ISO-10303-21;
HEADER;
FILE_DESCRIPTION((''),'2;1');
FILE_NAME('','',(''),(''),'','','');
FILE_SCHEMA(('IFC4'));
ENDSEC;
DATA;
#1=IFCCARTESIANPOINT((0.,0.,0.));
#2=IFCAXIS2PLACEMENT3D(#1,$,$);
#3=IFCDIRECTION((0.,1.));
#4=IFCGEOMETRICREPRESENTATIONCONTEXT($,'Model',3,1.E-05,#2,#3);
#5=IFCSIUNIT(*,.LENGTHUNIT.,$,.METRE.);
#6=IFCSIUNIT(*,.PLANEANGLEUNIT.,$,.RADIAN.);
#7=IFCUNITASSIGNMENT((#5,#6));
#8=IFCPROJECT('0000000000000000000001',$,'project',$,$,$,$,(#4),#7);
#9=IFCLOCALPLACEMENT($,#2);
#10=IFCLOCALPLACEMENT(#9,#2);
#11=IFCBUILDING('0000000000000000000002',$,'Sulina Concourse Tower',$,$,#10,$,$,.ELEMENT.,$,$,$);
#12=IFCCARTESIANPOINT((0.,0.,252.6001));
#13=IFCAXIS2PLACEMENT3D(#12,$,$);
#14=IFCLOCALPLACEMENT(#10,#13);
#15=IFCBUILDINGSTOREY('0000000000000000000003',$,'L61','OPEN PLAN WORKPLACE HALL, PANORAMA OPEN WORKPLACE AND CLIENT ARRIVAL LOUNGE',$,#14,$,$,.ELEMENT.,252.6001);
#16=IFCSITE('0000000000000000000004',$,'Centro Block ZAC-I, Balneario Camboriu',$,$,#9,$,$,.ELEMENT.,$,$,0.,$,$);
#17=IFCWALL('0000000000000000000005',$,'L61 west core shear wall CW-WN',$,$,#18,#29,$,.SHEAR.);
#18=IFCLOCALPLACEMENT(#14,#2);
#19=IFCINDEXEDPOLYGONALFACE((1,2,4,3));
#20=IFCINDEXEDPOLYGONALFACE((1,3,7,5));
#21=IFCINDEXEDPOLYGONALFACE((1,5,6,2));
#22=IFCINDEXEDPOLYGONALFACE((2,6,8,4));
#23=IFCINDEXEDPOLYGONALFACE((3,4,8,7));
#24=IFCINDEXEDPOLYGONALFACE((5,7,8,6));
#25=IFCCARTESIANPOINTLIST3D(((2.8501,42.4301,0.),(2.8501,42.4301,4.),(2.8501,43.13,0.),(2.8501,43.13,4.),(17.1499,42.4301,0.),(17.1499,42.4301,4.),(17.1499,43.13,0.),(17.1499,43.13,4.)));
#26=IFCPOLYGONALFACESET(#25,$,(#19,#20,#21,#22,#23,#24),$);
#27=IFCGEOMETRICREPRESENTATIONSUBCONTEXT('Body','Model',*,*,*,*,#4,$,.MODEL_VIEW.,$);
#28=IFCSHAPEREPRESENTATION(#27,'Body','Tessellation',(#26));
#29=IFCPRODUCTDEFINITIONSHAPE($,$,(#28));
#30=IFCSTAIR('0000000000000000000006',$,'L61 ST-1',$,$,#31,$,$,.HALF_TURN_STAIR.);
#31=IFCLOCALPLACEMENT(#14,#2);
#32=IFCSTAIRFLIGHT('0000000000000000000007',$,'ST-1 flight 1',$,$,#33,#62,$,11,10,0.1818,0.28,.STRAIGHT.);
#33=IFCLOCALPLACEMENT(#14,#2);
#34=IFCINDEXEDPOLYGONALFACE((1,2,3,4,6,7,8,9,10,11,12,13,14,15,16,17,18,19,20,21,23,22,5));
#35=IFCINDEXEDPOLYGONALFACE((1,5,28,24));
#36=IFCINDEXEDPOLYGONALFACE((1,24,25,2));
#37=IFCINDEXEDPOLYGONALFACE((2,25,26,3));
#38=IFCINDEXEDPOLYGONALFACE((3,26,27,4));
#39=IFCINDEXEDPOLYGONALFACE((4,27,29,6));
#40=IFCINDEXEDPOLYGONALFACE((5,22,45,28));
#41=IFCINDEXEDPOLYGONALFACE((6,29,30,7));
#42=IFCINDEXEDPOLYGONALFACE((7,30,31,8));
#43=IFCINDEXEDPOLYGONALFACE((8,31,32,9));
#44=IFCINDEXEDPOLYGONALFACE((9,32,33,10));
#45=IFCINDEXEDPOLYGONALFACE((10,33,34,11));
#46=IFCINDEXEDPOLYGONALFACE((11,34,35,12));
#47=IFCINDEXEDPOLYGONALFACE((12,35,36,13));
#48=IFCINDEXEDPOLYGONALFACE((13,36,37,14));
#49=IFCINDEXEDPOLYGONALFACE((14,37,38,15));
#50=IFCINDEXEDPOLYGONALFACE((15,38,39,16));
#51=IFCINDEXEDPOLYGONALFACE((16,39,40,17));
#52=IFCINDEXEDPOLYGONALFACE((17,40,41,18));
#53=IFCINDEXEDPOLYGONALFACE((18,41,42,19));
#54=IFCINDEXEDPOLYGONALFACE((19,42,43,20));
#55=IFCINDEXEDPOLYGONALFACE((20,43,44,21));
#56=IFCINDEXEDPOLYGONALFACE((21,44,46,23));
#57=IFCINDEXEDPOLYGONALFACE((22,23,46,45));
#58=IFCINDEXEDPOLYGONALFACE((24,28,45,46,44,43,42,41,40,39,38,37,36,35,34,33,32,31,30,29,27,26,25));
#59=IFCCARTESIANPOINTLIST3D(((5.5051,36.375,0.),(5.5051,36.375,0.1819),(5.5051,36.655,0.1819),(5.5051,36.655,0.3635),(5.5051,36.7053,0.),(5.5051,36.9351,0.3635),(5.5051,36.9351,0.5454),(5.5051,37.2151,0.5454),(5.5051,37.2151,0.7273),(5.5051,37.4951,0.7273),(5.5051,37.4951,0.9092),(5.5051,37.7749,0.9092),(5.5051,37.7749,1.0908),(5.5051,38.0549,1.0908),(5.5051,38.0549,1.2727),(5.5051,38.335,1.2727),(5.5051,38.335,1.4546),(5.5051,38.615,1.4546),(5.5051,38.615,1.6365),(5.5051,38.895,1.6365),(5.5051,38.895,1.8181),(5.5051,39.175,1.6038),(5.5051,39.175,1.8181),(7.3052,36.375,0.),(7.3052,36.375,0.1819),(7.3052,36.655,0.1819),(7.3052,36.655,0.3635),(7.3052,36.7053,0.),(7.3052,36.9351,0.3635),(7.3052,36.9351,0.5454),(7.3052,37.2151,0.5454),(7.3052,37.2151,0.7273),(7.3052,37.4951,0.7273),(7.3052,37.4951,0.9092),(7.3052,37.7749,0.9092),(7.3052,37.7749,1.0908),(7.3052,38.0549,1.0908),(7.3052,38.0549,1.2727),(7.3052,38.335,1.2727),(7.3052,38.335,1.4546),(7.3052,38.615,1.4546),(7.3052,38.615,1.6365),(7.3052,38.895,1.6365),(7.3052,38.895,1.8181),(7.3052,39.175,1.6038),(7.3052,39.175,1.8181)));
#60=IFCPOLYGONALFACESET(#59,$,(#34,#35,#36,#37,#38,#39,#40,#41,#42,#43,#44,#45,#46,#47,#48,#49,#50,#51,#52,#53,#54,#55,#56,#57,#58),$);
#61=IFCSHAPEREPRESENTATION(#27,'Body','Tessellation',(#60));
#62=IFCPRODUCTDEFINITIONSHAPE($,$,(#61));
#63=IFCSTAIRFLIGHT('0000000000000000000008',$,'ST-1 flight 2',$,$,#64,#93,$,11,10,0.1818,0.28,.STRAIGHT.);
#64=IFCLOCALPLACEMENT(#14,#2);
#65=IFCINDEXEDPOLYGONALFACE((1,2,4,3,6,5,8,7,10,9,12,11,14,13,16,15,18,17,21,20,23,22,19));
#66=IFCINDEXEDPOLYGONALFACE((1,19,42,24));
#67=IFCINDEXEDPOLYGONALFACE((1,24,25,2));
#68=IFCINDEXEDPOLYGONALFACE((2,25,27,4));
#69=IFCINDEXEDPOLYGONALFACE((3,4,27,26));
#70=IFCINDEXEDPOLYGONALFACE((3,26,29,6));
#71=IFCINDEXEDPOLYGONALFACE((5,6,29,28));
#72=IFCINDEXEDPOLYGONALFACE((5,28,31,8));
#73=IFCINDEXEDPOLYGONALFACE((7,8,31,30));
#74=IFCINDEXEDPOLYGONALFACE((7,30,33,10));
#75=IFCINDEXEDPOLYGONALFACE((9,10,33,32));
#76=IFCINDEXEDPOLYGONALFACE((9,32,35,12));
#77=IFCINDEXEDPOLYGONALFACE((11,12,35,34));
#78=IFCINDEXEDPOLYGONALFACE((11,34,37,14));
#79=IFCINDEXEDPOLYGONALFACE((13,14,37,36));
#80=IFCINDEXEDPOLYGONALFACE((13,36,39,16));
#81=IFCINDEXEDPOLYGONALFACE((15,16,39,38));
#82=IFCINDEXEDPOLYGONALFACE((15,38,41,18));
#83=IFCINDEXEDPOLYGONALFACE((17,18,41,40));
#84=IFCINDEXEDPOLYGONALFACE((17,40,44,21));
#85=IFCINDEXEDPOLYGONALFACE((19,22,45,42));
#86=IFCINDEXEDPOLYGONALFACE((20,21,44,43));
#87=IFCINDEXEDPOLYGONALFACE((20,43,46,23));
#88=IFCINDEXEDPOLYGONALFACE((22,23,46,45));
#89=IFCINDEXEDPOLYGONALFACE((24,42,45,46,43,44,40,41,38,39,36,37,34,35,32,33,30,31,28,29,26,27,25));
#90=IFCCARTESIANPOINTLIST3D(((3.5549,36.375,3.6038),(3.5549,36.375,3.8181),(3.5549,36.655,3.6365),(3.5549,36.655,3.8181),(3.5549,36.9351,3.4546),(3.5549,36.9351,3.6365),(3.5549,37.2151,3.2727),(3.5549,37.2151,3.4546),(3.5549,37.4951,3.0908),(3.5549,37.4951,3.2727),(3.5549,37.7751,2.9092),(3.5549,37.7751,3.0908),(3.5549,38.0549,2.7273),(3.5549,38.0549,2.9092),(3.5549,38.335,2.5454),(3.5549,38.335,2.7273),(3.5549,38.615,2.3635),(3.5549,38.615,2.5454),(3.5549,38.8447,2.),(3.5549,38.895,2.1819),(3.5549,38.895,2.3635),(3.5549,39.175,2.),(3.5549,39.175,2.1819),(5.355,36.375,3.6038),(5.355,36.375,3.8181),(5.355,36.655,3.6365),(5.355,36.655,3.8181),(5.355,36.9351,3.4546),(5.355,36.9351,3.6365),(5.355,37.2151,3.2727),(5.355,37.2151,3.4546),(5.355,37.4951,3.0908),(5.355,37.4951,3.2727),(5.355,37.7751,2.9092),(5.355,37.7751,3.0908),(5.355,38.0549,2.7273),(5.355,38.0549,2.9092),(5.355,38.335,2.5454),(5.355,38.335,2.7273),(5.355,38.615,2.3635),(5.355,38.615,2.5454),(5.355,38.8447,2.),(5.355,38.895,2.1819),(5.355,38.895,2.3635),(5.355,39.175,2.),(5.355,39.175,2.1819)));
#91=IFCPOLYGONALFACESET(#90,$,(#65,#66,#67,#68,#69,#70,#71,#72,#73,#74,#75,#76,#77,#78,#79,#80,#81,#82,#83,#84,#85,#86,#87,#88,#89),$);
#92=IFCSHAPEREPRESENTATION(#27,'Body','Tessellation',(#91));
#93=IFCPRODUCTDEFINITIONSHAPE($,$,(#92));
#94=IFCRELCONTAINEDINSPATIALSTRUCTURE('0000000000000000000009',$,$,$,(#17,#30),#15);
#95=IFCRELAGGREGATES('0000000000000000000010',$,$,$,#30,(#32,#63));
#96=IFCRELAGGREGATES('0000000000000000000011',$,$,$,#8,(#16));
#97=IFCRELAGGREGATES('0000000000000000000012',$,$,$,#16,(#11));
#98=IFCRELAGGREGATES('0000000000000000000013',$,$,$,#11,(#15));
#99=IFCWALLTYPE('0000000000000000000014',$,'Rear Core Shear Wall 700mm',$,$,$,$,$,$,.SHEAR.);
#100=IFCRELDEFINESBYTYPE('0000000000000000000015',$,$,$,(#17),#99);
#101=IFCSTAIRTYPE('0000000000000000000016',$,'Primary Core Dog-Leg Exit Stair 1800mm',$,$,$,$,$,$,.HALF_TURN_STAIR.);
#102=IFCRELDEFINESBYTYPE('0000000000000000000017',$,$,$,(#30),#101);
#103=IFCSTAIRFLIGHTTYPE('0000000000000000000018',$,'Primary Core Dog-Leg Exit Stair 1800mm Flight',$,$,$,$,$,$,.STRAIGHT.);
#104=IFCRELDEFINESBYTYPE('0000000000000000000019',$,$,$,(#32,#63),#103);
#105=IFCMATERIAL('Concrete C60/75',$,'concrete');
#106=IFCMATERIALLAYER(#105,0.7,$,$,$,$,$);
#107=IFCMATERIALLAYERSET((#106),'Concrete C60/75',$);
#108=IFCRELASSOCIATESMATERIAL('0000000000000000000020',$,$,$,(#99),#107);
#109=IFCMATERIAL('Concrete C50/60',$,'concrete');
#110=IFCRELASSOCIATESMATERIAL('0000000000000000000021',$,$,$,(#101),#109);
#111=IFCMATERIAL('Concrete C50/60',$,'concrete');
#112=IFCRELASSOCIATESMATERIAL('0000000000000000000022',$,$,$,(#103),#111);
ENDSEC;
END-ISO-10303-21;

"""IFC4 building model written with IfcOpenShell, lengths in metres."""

from ifc_helpers import new_model, si_unit, direction, frame, frame_2d, origin, place, context, subcontext, project, spatial, polyline, rectangle, outline, extrude, material, layer, layer_set, type_object, element, aggregate, save


model = new_model("IFC4")

# Units and contexts
model_context = context("Model", 3, precision=1e-05, world=origin(), true_north=direction((0.0, 1.0)))
body_context = subcontext(model_context, "Body", "Model", "MODEL_VIEW")
ifc_project = project(units=[si_unit("LENGTHUNIT", "METRE"), si_unit("PLANEANGLEUNIT", "RADIAN")], contexts=[model_context])

# Site, building, storey
site_placement = place(None, origin())
site = spatial("IfcSite", under=ifc_project, at=site_placement, Name="Centro Block ZAC-I, Balneario Camboriu", CompositionType="ELEMENT", RefElevation=0.0)
building_placement = place(site_placement, origin())
building = spatial("IfcBuilding", under=site, at=building_placement, Name="Sulina Concourse Tower", CompositionType="ELEMENT")
storey_placement = place(building_placement, frame((0.0, 0.0, 252.6001)))
storey = spatial("IfcBuildingStorey", under=building, at=storey_placement, Name="L61", Description="OPEN PLAN WORKPLACE HALL, PANORAMA OPEN WORKPLACE AND CLIENT ARRIVAL LOUNGE", CompositionType="ELEMENT", Elevation=252.6001)

# Wall
ifc_material_1 = material(Name="Concrete C60/75", Category="concrete")
ifc_layer_1 = layer(ifc_material_1, 0.7)
ifc_layer_set_1 = layer_set([ifc_layer_1], Name="Concrete C60/75")
wall_type_1 = type_object("IfcWallType", Name="Rear Core Shear Wall 700mm", PredefinedType="SHEAR", material=ifc_layer_set_1)
wall_1_placement = place(storey_placement, frame((2.8501, 42.78, 0.0), z_axis=(0.0, 0.0, 1.0), x_axis=(1.0, 0.0, 0.0)))
element("IfcWall", 1, at=wall_1_placement, inside=storey, type_object=wall_type_1, Name="L61 west core shear wall CW-WN", PredefinedType="SHEAR", context=body_context, shape_type="SweptSolid", body=[
    extrude(rectangle(XDim=14.2998, YDim=0.7, at=frame_2d((7.1499, 0.0))), origin(), (0.0, 0.0, 1.0), 4.0),
])

# Stair, stair flights
ifc_material_2 = material(Name="Concrete C50/60", Category="concrete")
stair_type = type_object("IfcStairType", Name="Primary Core Dog-Leg Exit Stair 1800mm", PredefinedType="HALF_TURN_STAIR", material=ifc_material_2)
stair_placement = place(storey_placement, origin())
stair = element("IfcStair", 2, at=stair_placement, inside=storey, type_object=stair_type, Name="L61 ST-1", PredefinedType="HALF_TURN_STAIR")
ifc_material_3 = material(Name="Concrete C50/60", Category="concrete")
stair_flight_type = type_object("IfcStairFlightType", Name="Primary Core Dog-Leg Exit Stair 1800mm Flight", PredefinedType="STRAIGHT", material=ifc_material_3)
stair_flight_1_placement = place(storey_placement, frame((6.405, 36.375, 0.0), z_axis=(0.0, 0.0, 1.0), x_axis=(0.0, 1.0, 0.0)))
stair_flight_1 = element("IfcStairFlight", 3, at=stair_flight_1_placement, type_object=stair_flight_type, Name="ST-1 flight 1", NumberOfRisers=11, NumberOfTreads=10, PredefinedType="STRAIGHT", RiserHeight=0.1818, TreadLength=0.28, context=body_context, shape_type="SweptSolid", body=[
    extrude(outline(polyline([(0.0, 0.0), (0.0, 0.1819), (0.28, 0.1819), (0.28, 0.3635), (0.5601, 0.3635), (0.5601, 0.5454), (0.8401, 0.5454), (0.8401, 0.7273), (1.1201, 0.7273), (1.1201, 0.9092), (1.3999, 0.9092), (1.3999, 1.0908), (1.6799, 1.0908), (1.6799, 1.2727), (1.96, 1.2727), (1.96, 1.4546), (2.24, 1.4546), (2.24, 1.6365), (2.52, 1.6365), (2.52, 1.8181), (2.8, 1.8181), (2.8, 2.0), (2.8, 1.6038), (0.3303, 0.0), (0.0, 0.0)])), frame((0.0, 0.8999, 0.0), z_axis=(0.0, -1.0, 0.0), x_axis=(1.0, 0.0, 0.0)), (0.0, 0.0, 1.0), 1.8),
])
stair_flight_2_placement = place(storey_placement, frame((4.4551, 39.175, 2.0), z_axis=(0.0, 0.0, 1.0), x_axis=(0.0, -1.0, 0.0)))
stair_flight_2 = element("IfcStairFlight", 4, at=stair_flight_2_placement, type_object=stair_flight_type, Name="ST-1 flight 2", NumberOfRisers=11, NumberOfTreads=10, PredefinedType="STRAIGHT", RiserHeight=0.1818, TreadLength=0.28, context=body_context, shape_type="SweptSolid", body=[
    extrude(outline(polyline([(0.0, 0.0), (0.0, 0.1819), (0.28, 0.1819), (0.28, 0.3635), (0.5601, 0.3635), (0.5601, 0.5454), (0.8401, 0.5454), (0.8401, 0.7273), (1.1201, 0.7273), (1.1201, 0.9092), (1.3999, 0.9092), (1.3999, 1.0908), (1.6799, 1.0908), (1.6799, 1.2727), (1.96, 1.2727), (1.96, 1.4546), (2.24, 1.4546), (2.24, 1.6365), (2.52, 1.6365), (2.52, 1.8181), (2.8, 1.8181), (2.8, 2.0), (2.8, 1.6038), (0.3303, 0.0), (0.0, 0.0)])), frame((0.0, 0.8999, 0.0), z_axis=(0.0, -1.0, 0.0), x_axis=(1.0, 0.0, 0.0)), (0.0, 0.0, 1.0), 1.8),
])
aggregate(stair, [stair_flight_1, stair_flight_2])

save(model, "model.ifc")
